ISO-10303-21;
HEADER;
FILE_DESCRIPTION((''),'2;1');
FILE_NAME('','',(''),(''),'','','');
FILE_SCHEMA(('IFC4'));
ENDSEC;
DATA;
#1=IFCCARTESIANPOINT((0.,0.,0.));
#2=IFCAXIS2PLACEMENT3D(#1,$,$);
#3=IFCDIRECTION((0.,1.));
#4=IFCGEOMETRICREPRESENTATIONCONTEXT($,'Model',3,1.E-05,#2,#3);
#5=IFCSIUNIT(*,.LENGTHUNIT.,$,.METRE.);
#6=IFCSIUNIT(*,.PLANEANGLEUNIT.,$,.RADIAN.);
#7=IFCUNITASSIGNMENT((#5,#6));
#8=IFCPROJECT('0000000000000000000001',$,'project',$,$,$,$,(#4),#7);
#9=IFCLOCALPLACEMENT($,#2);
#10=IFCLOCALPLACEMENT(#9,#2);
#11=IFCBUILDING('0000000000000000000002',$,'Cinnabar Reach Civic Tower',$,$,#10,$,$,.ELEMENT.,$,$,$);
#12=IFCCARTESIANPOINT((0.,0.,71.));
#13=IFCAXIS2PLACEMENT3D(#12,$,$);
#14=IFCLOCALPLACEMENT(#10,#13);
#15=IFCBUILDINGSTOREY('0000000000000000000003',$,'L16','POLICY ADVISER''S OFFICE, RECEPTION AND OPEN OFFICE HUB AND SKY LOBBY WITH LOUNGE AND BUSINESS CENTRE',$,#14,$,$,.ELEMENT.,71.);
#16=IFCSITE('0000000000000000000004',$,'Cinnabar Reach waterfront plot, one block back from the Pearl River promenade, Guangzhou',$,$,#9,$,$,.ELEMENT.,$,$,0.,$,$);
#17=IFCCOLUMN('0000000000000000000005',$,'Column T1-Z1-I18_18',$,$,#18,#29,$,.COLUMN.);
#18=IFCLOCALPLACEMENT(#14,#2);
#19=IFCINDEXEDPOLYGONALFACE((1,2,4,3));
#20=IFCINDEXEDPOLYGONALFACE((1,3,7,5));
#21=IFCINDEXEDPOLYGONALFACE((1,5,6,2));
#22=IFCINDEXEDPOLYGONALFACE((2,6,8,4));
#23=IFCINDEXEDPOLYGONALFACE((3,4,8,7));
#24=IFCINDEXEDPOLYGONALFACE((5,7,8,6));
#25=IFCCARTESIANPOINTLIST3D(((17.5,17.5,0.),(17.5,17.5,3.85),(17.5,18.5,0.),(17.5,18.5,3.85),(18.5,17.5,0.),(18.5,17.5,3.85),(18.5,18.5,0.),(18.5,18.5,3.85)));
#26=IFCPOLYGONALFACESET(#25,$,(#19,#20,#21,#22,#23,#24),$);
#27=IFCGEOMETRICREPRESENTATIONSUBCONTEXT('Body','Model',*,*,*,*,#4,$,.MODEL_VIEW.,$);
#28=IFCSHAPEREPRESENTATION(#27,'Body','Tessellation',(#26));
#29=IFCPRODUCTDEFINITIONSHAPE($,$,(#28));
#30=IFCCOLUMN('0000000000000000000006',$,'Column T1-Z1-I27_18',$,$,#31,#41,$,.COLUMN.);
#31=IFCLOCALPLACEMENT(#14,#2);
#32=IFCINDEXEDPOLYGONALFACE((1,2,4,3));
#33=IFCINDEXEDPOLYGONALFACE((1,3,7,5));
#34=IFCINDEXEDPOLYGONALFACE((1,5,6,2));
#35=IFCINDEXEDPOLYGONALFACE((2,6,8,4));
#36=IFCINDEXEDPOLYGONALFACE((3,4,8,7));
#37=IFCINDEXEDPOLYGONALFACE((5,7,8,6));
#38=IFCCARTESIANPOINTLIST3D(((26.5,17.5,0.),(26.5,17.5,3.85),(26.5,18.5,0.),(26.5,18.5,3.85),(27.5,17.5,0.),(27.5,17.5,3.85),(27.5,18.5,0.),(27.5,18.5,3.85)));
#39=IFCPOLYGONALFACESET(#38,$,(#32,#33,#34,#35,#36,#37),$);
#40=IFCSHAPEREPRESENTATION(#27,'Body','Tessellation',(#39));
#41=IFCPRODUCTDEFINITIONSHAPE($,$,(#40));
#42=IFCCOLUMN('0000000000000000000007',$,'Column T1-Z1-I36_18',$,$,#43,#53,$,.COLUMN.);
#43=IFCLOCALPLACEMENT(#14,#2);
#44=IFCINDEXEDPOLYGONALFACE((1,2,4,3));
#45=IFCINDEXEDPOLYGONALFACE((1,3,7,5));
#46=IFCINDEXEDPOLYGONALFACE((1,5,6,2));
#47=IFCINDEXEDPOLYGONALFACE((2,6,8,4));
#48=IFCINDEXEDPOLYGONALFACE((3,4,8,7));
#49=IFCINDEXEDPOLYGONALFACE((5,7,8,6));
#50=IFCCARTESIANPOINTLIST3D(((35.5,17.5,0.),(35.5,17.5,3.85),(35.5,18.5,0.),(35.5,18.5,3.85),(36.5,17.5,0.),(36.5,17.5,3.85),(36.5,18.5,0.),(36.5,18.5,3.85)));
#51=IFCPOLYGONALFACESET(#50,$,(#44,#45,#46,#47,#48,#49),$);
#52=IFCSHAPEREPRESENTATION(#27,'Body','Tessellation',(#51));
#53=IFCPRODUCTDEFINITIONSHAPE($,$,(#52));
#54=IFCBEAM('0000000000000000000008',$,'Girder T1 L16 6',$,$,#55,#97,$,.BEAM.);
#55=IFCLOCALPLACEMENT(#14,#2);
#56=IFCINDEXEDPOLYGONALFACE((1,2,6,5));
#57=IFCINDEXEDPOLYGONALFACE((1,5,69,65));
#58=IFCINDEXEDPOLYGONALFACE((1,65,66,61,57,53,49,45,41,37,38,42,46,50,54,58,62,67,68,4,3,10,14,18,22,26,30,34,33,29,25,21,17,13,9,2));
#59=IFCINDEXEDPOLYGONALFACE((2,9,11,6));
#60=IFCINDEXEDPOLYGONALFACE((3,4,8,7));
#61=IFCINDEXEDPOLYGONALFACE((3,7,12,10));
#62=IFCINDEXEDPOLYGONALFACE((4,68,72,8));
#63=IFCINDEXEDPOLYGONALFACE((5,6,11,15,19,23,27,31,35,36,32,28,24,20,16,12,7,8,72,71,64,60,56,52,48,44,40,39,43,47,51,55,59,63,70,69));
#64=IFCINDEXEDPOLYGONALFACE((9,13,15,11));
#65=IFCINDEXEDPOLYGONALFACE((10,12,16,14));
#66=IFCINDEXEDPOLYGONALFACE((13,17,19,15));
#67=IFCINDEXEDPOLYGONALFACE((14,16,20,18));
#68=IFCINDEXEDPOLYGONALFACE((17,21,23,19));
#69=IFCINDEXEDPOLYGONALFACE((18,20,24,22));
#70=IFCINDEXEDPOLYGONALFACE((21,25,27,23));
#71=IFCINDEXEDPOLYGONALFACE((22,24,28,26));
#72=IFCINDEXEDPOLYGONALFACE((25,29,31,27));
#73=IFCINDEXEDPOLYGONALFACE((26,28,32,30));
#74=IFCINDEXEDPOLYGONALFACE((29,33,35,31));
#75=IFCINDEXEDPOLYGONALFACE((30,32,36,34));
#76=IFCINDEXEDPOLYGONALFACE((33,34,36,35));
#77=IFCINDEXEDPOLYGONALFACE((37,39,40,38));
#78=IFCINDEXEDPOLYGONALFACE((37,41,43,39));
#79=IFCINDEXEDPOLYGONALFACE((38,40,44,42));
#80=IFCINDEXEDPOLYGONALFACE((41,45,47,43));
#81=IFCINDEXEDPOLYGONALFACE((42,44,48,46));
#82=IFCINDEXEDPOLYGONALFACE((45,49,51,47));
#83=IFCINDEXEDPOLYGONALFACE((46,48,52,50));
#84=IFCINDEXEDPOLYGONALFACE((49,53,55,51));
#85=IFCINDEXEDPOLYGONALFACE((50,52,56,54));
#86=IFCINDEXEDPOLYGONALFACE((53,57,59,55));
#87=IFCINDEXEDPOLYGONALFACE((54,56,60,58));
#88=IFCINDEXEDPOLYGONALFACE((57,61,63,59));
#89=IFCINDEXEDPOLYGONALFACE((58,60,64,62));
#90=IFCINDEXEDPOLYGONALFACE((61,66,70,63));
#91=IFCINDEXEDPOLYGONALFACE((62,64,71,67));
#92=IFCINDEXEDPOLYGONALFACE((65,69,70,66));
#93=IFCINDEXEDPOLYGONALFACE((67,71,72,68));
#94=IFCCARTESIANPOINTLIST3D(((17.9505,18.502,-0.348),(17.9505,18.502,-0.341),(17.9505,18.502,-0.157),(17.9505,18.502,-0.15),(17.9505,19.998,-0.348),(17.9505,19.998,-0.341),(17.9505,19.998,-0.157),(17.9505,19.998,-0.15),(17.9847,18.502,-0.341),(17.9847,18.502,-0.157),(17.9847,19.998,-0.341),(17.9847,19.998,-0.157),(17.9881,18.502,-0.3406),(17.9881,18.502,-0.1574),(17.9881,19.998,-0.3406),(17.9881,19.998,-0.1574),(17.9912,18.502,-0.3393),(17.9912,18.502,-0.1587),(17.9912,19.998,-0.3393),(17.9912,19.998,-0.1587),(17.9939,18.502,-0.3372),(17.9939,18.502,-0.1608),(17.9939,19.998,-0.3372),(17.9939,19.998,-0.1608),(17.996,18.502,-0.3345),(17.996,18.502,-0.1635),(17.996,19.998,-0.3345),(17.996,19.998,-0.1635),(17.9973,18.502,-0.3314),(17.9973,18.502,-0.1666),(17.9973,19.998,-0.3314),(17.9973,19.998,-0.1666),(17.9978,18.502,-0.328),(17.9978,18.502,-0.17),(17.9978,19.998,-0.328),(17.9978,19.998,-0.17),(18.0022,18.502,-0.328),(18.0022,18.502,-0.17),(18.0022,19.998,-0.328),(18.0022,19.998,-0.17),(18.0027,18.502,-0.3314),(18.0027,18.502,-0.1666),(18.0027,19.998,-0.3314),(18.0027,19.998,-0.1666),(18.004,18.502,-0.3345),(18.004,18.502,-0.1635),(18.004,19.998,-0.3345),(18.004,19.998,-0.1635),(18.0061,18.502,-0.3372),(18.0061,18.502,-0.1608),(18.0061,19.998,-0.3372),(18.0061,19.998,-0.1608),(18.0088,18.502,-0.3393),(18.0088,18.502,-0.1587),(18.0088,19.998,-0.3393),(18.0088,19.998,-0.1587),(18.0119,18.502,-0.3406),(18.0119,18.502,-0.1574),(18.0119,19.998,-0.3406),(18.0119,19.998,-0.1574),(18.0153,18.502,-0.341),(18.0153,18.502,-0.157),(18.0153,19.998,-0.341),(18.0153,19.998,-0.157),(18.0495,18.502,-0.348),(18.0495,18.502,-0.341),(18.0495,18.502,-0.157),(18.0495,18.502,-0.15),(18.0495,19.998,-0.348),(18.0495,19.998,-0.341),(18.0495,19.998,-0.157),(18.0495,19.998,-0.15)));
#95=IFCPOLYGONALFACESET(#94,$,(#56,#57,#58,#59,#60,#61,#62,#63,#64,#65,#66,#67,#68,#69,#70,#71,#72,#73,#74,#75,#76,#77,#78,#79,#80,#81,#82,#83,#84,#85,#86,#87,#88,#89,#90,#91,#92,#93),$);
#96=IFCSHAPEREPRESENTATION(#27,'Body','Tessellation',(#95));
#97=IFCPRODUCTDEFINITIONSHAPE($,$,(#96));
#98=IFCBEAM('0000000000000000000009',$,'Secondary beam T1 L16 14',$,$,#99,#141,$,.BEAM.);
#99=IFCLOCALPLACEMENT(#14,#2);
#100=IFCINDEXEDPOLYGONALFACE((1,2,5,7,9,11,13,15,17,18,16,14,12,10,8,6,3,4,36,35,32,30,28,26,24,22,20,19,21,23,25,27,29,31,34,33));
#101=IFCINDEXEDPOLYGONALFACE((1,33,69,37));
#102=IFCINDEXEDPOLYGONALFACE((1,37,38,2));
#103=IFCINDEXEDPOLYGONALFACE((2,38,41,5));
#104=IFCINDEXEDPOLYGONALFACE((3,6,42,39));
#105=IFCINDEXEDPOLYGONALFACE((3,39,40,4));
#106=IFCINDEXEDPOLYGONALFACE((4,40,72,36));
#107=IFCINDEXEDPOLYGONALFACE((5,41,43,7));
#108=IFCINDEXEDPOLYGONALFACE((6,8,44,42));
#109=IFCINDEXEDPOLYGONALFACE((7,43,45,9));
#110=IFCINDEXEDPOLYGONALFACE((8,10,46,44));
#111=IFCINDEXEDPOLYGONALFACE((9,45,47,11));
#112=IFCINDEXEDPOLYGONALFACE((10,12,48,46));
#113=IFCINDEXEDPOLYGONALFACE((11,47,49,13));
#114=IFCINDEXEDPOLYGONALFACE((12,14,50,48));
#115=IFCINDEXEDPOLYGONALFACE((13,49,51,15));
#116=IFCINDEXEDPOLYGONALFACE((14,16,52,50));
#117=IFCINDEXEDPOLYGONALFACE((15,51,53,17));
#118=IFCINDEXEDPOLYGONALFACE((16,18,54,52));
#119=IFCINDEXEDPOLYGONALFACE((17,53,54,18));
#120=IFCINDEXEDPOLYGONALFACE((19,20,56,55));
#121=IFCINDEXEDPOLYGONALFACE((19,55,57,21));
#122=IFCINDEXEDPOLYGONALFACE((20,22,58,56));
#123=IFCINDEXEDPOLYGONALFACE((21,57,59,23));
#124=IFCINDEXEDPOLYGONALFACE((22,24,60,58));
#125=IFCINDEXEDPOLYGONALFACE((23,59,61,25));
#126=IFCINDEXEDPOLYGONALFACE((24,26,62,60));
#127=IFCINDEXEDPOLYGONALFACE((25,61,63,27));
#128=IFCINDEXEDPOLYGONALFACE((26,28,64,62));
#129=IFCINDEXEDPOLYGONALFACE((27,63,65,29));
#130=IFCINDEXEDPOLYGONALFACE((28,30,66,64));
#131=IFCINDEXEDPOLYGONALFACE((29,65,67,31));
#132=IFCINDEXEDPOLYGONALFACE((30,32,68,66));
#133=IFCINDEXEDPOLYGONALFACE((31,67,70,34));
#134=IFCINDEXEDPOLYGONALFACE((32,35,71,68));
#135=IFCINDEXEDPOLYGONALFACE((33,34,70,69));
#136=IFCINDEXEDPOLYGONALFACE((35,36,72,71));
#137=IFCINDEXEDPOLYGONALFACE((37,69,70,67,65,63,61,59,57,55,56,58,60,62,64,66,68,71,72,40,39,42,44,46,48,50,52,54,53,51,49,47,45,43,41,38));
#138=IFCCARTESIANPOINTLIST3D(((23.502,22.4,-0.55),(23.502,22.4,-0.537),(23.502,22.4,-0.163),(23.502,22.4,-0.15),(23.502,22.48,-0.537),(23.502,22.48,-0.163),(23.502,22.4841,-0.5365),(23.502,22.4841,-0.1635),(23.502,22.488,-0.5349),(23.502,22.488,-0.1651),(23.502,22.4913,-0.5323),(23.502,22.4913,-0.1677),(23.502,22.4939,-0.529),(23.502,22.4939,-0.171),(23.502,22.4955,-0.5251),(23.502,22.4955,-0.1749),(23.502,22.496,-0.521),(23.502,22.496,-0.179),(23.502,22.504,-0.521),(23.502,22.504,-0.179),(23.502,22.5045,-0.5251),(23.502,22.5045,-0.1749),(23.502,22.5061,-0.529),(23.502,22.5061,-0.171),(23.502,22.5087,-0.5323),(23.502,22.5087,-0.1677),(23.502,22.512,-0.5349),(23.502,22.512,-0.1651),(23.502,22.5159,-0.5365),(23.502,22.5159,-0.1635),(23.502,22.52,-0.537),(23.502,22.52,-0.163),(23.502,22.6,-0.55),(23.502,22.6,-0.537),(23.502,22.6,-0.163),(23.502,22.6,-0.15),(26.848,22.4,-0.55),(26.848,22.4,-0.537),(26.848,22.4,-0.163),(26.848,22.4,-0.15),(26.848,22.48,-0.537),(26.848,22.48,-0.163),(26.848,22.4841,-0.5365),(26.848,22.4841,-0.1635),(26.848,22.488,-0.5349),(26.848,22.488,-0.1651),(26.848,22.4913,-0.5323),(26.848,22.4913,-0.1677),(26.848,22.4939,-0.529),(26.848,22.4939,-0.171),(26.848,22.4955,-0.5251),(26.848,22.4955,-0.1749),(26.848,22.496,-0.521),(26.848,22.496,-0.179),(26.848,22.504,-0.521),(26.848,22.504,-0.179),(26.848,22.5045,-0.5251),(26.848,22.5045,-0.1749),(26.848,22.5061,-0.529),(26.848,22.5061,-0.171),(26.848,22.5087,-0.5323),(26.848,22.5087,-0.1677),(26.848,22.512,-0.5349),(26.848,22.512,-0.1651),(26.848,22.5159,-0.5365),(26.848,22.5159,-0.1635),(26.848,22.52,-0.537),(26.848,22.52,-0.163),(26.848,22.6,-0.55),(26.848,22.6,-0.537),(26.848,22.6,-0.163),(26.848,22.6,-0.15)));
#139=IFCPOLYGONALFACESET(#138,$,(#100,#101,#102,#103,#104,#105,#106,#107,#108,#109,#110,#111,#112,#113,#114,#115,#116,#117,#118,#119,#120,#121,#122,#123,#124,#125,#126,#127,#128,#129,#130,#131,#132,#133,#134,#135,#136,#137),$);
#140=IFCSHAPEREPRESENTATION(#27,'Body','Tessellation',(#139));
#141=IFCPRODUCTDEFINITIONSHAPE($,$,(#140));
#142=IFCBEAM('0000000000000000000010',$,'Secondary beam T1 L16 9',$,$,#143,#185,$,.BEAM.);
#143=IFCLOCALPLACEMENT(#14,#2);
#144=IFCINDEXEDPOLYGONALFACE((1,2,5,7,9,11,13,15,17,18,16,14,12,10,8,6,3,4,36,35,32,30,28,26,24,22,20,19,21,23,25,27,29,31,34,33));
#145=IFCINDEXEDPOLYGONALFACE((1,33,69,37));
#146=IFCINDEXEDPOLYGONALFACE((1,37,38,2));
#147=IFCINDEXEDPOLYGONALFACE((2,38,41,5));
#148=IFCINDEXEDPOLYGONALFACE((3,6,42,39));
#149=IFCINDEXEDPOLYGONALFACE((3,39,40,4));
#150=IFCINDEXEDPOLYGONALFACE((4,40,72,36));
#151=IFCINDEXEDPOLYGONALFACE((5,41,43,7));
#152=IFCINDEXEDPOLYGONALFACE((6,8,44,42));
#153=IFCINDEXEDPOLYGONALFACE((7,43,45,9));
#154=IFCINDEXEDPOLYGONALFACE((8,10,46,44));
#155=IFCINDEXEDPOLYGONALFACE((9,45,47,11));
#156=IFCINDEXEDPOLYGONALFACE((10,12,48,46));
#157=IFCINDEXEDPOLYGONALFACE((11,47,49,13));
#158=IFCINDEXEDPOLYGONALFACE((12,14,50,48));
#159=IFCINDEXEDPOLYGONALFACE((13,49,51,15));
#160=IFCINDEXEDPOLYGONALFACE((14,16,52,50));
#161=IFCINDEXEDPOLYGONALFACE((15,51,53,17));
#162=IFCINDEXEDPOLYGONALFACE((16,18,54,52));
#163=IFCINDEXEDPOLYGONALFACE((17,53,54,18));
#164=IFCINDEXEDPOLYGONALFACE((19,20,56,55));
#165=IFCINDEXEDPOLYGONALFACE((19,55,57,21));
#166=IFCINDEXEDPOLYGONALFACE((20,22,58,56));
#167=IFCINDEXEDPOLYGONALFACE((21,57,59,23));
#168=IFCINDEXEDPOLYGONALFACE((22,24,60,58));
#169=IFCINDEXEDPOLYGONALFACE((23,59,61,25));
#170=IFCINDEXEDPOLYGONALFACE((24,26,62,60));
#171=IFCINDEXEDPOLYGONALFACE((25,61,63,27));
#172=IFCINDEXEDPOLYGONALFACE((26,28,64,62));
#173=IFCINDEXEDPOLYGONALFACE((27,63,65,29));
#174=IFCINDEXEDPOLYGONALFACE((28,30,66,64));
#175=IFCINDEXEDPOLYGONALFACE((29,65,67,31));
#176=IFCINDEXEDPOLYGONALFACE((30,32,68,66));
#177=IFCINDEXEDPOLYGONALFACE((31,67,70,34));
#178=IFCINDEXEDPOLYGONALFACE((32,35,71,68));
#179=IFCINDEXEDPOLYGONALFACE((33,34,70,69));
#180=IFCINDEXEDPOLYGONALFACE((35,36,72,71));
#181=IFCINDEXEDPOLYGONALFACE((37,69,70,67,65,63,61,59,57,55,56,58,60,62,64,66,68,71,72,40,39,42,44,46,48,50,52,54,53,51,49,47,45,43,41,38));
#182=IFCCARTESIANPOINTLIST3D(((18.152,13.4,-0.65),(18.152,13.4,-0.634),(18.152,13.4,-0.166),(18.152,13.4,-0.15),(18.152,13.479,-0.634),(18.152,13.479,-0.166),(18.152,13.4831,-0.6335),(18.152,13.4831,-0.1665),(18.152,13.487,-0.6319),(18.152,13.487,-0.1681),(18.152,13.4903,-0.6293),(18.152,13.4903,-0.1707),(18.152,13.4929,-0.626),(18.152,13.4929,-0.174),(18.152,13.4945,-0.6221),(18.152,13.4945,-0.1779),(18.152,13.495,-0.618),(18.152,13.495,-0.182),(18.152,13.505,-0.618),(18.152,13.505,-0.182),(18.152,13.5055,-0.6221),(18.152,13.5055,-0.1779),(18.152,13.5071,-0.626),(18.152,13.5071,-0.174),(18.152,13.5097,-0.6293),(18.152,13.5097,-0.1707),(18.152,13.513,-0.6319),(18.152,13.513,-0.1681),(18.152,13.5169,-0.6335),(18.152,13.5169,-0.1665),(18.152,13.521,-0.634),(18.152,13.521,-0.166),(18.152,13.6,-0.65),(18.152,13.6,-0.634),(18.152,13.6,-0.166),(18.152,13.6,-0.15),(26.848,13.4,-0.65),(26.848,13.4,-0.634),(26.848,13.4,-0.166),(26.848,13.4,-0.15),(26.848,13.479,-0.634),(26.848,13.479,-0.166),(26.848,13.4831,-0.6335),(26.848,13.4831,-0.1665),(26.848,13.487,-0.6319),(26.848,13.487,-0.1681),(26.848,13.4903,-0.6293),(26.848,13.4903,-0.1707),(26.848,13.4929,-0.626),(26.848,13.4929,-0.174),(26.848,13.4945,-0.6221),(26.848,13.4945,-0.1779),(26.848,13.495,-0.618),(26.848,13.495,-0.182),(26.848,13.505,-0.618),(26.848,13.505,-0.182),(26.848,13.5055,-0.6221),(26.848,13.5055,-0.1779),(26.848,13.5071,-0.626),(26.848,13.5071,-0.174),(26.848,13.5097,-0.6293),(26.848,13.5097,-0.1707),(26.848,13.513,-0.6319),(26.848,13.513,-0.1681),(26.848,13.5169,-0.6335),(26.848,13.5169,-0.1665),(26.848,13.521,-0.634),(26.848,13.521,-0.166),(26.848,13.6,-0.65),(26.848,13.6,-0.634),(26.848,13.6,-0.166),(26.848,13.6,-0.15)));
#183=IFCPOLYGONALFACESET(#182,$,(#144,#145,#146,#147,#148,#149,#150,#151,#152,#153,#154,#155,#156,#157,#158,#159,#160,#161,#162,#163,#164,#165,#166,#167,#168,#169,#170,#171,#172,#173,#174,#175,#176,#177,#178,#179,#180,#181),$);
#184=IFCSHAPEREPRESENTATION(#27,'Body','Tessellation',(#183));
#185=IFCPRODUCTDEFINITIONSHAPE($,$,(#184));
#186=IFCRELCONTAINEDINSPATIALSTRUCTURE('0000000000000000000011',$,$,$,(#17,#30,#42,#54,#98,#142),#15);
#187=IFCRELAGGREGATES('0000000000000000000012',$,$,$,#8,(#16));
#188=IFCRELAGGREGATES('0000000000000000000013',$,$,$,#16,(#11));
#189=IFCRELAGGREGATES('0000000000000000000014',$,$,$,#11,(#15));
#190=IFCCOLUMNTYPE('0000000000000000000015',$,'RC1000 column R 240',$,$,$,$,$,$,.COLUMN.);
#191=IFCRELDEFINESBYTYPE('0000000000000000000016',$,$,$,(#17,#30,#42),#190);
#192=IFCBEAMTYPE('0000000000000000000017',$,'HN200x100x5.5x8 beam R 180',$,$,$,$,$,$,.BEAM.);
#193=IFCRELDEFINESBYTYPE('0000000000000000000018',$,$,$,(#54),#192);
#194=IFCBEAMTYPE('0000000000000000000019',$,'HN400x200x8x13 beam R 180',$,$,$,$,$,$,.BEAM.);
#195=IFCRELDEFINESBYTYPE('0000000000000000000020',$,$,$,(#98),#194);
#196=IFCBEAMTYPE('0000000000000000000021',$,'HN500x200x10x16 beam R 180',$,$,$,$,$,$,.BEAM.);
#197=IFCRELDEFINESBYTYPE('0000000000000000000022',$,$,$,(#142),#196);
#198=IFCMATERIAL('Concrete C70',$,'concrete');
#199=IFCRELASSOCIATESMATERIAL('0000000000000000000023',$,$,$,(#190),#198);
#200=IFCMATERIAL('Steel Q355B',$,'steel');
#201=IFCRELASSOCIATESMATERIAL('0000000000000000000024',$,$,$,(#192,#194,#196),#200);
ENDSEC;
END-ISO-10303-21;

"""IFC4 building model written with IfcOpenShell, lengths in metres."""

from ifc_helpers import new_model, si_unit, direction, frame, origin, origin_2d, place, context, subcontext, project, spatial, rectangle, i_section, extrude, material, material_profile, profile_set, type_object, element, save


model = new_model("IFC4")

# Units and contexts
model_context = context("Model", 3, precision=1e-05, world=origin(), true_north=direction((0.0, 1.0)))
body_context = subcontext(model_context, "Body", "Model", "MODEL_VIEW")
ifc_project = project(units=[si_unit("LENGTHUNIT", "METRE"), si_unit("PLANEANGLEUNIT", "RADIAN")], contexts=[model_context])

# Site, building, storey
site_placement = place(None, origin())
site = spatial("IfcSite", under=ifc_project, at=site_placement, Name="Cinnabar Reach waterfront plot, one block back from the Pearl River promenade, Guangzhou", CompositionType="ELEMENT", RefElevation=0.0)
building_placement = place(site_placement, origin())
building = spatial("IfcBuilding", under=site, at=building_placement, Name="Cinnabar Reach Civic Tower", CompositionType="ELEMENT")
storey_placement = place(building_placement, frame((0.0, 0.0, 71.0)))
storey = spatial("IfcBuildingStorey", under=building, at=storey_placement, Name="L16", Description="POLICY ADVISER'S OFFICE, RECEPTION AND OPEN OFFICE HUB AND SKY LOBBY WITH LOUNGE AND BUSINESS CENTRE", CompositionType="ELEMENT", Elevation=71.0)

# Columns
ifc_material_1 = material(Name="Concrete C70", Category="concrete")
ifc_material_profile_1 = material_profile(ifc_material_1, rectangle(XDim=1.0, YDim=1.0, at=origin_2d()), Name="RC1000")
ifc_profile_set_1 = profile_set([ifc_material_profile_1], Name="Concrete C70")
column_type = type_object("IfcColumnType", Name="RC1000 column R 240", PredefinedType="COLUMN", material=ifc_profile_set_1)
for number, where, z_axis, x_axis, name in (
    (1, (18.0, 18.0, 0.0), (0.0, 0.0, 1.0), (1.0, 0.0, 0.0), "Column T1-Z1-I18_18"),
    (2, (27.0, 18.0, 0.0), (0.0, 0.0, 1.0), (1.0, 0.0, 0.0), "Column T1-Z1-I27_18"),
    (3, (36.0, 18.0, 0.0), (0.0, 0.0, 1.0), (1.0, 0.0, 0.0), "Column T1-Z1-I36_18"),
):
    element("IfcColumn", number, at=place(storey_placement, frame(where, z_axis=z_axis, x_axis=x_axis)), inside=storey, type_object=column_type, Name=name, PredefinedType="COLUMN", context=body_context, shape_type="SweptSolid", body=[
        extrude(rectangle(XDim=1.0, YDim=1.0, at=origin_2d()), origin(), (0.0, 0.0, 1.0), 3.85),
    ])

# Beams
ifc_material_2 = material(Name="Steel Q355B", Category="steel")
ifc_material_profile_2 = material_profile(ifc_material_2, i_section(OverallWidth=0.099, OverallDepth=0.198, WebThickness=0.0045, FlangeThickness=0.007, FilletRadius=0.013, at=origin_2d()), Name="HN200x100x5.5x8")
ifc_profile_set_2 = profile_set([ifc_material_profile_2], Name="Steel Q355B")
beam_type_1 = type_object("IfcBeamType", Name="HN200x100x5.5x8 beam R 180", PredefinedType="BEAM", material=ifc_profile_set_2)
beam_1_placement = place(storey_placement, frame((18.0, 18.502, -0.249), z_axis=(0.0, 1.0, 0.0), x_axis=(-1.0, 0.0, 0.0)))
element("IfcBeam", 4, at=beam_1_placement, inside=storey, type_object=beam_type_1, Name="Girder T1 L16 6", PredefinedType="BEAM", context=body_context, shape_type="SweptSolid", body=[
    extrude(i_section(OverallWidth=0.099, OverallDepth=0.198, WebThickness=0.0045, FlangeThickness=0.007, FilletRadius=0.013, at=origin_2d()), origin(), (0.0, 0.0, 1.0), 1.496),
])
ifc_material_profile_3 = material_profile(ifc_material_2, i_section(OverallWidth=0.2, OverallDepth=0.4, WebThickness=0.008, FlangeThickness=0.013, FilletRadius=0.016, at=origin_2d()), Name="HN400x200x8x13")
ifc_profile_set_3 = profile_set([ifc_material_profile_3], Name="Steel Q355B")
beam_type_2 = type_object("IfcBeamType", Name="HN400x200x8x13 beam R 180", PredefinedType="BEAM", material=ifc_profile_set_3)
beam_2_placement = place(storey_placement, frame((23.502, 22.5, -0.35), z_axis=(1.0, 0.0, 0.0), x_axis=(0.0, 1.0, 0.0)))
element("IfcBeam", 5, at=beam_2_placement, inside=storey, type_object=beam_type_2, Name="Secondary beam T1 L16 14", PredefinedType="BEAM", context=body_context, shape_type="SweptSolid", body=[
    extrude(i_section(OverallWidth=0.2, OverallDepth=0.4, WebThickness=0.008, FlangeThickness=0.013, FilletRadius=0.016, at=origin_2d()), origin(), (0.0, 0.0, 1.0), 3.346),
])
ifc_material_profile_4 = material_profile(ifc_material_2, i_section(OverallWidth=0.2, OverallDepth=0.5, WebThickness=0.01, FlangeThickness=0.016, FilletRadius=0.016, at=origin_2d()), Name="HN500x200x10x16")
ifc_profile_set_4 = profile_set([ifc_material_profile_4], Name="Steel Q355B")
beam_type_3 = type_object("IfcBeamType", Name="HN500x200x10x16 beam R 180", PredefinedType="BEAM", material=ifc_profile_set_4)
for number, where, z_axis, x_axis, name in (
    (6, (18.152, 13.5, -0.4), (1.0, 0.0, 0.0), (0.0, 1.0, 0.0), "Secondary beam T1 L16 9"),
):
    element("IfcBeam", number, at=place(storey_placement, frame(where, z_axis=z_axis, x_axis=x_axis)), inside=storey, type_object=beam_type_3, Name=name, PredefinedType="BEAM", context=body_context, shape_type="SweptSolid", body=[
        extrude(i_section(OverallWidth=0.2, OverallDepth=0.5, WebThickness=0.01, FlangeThickness=0.016, FilletRadius=0.016, at=origin_2d()), origin(), (0.0, 0.0, 1.0), 8.696),
    ])

save(model, "model.ifc")
